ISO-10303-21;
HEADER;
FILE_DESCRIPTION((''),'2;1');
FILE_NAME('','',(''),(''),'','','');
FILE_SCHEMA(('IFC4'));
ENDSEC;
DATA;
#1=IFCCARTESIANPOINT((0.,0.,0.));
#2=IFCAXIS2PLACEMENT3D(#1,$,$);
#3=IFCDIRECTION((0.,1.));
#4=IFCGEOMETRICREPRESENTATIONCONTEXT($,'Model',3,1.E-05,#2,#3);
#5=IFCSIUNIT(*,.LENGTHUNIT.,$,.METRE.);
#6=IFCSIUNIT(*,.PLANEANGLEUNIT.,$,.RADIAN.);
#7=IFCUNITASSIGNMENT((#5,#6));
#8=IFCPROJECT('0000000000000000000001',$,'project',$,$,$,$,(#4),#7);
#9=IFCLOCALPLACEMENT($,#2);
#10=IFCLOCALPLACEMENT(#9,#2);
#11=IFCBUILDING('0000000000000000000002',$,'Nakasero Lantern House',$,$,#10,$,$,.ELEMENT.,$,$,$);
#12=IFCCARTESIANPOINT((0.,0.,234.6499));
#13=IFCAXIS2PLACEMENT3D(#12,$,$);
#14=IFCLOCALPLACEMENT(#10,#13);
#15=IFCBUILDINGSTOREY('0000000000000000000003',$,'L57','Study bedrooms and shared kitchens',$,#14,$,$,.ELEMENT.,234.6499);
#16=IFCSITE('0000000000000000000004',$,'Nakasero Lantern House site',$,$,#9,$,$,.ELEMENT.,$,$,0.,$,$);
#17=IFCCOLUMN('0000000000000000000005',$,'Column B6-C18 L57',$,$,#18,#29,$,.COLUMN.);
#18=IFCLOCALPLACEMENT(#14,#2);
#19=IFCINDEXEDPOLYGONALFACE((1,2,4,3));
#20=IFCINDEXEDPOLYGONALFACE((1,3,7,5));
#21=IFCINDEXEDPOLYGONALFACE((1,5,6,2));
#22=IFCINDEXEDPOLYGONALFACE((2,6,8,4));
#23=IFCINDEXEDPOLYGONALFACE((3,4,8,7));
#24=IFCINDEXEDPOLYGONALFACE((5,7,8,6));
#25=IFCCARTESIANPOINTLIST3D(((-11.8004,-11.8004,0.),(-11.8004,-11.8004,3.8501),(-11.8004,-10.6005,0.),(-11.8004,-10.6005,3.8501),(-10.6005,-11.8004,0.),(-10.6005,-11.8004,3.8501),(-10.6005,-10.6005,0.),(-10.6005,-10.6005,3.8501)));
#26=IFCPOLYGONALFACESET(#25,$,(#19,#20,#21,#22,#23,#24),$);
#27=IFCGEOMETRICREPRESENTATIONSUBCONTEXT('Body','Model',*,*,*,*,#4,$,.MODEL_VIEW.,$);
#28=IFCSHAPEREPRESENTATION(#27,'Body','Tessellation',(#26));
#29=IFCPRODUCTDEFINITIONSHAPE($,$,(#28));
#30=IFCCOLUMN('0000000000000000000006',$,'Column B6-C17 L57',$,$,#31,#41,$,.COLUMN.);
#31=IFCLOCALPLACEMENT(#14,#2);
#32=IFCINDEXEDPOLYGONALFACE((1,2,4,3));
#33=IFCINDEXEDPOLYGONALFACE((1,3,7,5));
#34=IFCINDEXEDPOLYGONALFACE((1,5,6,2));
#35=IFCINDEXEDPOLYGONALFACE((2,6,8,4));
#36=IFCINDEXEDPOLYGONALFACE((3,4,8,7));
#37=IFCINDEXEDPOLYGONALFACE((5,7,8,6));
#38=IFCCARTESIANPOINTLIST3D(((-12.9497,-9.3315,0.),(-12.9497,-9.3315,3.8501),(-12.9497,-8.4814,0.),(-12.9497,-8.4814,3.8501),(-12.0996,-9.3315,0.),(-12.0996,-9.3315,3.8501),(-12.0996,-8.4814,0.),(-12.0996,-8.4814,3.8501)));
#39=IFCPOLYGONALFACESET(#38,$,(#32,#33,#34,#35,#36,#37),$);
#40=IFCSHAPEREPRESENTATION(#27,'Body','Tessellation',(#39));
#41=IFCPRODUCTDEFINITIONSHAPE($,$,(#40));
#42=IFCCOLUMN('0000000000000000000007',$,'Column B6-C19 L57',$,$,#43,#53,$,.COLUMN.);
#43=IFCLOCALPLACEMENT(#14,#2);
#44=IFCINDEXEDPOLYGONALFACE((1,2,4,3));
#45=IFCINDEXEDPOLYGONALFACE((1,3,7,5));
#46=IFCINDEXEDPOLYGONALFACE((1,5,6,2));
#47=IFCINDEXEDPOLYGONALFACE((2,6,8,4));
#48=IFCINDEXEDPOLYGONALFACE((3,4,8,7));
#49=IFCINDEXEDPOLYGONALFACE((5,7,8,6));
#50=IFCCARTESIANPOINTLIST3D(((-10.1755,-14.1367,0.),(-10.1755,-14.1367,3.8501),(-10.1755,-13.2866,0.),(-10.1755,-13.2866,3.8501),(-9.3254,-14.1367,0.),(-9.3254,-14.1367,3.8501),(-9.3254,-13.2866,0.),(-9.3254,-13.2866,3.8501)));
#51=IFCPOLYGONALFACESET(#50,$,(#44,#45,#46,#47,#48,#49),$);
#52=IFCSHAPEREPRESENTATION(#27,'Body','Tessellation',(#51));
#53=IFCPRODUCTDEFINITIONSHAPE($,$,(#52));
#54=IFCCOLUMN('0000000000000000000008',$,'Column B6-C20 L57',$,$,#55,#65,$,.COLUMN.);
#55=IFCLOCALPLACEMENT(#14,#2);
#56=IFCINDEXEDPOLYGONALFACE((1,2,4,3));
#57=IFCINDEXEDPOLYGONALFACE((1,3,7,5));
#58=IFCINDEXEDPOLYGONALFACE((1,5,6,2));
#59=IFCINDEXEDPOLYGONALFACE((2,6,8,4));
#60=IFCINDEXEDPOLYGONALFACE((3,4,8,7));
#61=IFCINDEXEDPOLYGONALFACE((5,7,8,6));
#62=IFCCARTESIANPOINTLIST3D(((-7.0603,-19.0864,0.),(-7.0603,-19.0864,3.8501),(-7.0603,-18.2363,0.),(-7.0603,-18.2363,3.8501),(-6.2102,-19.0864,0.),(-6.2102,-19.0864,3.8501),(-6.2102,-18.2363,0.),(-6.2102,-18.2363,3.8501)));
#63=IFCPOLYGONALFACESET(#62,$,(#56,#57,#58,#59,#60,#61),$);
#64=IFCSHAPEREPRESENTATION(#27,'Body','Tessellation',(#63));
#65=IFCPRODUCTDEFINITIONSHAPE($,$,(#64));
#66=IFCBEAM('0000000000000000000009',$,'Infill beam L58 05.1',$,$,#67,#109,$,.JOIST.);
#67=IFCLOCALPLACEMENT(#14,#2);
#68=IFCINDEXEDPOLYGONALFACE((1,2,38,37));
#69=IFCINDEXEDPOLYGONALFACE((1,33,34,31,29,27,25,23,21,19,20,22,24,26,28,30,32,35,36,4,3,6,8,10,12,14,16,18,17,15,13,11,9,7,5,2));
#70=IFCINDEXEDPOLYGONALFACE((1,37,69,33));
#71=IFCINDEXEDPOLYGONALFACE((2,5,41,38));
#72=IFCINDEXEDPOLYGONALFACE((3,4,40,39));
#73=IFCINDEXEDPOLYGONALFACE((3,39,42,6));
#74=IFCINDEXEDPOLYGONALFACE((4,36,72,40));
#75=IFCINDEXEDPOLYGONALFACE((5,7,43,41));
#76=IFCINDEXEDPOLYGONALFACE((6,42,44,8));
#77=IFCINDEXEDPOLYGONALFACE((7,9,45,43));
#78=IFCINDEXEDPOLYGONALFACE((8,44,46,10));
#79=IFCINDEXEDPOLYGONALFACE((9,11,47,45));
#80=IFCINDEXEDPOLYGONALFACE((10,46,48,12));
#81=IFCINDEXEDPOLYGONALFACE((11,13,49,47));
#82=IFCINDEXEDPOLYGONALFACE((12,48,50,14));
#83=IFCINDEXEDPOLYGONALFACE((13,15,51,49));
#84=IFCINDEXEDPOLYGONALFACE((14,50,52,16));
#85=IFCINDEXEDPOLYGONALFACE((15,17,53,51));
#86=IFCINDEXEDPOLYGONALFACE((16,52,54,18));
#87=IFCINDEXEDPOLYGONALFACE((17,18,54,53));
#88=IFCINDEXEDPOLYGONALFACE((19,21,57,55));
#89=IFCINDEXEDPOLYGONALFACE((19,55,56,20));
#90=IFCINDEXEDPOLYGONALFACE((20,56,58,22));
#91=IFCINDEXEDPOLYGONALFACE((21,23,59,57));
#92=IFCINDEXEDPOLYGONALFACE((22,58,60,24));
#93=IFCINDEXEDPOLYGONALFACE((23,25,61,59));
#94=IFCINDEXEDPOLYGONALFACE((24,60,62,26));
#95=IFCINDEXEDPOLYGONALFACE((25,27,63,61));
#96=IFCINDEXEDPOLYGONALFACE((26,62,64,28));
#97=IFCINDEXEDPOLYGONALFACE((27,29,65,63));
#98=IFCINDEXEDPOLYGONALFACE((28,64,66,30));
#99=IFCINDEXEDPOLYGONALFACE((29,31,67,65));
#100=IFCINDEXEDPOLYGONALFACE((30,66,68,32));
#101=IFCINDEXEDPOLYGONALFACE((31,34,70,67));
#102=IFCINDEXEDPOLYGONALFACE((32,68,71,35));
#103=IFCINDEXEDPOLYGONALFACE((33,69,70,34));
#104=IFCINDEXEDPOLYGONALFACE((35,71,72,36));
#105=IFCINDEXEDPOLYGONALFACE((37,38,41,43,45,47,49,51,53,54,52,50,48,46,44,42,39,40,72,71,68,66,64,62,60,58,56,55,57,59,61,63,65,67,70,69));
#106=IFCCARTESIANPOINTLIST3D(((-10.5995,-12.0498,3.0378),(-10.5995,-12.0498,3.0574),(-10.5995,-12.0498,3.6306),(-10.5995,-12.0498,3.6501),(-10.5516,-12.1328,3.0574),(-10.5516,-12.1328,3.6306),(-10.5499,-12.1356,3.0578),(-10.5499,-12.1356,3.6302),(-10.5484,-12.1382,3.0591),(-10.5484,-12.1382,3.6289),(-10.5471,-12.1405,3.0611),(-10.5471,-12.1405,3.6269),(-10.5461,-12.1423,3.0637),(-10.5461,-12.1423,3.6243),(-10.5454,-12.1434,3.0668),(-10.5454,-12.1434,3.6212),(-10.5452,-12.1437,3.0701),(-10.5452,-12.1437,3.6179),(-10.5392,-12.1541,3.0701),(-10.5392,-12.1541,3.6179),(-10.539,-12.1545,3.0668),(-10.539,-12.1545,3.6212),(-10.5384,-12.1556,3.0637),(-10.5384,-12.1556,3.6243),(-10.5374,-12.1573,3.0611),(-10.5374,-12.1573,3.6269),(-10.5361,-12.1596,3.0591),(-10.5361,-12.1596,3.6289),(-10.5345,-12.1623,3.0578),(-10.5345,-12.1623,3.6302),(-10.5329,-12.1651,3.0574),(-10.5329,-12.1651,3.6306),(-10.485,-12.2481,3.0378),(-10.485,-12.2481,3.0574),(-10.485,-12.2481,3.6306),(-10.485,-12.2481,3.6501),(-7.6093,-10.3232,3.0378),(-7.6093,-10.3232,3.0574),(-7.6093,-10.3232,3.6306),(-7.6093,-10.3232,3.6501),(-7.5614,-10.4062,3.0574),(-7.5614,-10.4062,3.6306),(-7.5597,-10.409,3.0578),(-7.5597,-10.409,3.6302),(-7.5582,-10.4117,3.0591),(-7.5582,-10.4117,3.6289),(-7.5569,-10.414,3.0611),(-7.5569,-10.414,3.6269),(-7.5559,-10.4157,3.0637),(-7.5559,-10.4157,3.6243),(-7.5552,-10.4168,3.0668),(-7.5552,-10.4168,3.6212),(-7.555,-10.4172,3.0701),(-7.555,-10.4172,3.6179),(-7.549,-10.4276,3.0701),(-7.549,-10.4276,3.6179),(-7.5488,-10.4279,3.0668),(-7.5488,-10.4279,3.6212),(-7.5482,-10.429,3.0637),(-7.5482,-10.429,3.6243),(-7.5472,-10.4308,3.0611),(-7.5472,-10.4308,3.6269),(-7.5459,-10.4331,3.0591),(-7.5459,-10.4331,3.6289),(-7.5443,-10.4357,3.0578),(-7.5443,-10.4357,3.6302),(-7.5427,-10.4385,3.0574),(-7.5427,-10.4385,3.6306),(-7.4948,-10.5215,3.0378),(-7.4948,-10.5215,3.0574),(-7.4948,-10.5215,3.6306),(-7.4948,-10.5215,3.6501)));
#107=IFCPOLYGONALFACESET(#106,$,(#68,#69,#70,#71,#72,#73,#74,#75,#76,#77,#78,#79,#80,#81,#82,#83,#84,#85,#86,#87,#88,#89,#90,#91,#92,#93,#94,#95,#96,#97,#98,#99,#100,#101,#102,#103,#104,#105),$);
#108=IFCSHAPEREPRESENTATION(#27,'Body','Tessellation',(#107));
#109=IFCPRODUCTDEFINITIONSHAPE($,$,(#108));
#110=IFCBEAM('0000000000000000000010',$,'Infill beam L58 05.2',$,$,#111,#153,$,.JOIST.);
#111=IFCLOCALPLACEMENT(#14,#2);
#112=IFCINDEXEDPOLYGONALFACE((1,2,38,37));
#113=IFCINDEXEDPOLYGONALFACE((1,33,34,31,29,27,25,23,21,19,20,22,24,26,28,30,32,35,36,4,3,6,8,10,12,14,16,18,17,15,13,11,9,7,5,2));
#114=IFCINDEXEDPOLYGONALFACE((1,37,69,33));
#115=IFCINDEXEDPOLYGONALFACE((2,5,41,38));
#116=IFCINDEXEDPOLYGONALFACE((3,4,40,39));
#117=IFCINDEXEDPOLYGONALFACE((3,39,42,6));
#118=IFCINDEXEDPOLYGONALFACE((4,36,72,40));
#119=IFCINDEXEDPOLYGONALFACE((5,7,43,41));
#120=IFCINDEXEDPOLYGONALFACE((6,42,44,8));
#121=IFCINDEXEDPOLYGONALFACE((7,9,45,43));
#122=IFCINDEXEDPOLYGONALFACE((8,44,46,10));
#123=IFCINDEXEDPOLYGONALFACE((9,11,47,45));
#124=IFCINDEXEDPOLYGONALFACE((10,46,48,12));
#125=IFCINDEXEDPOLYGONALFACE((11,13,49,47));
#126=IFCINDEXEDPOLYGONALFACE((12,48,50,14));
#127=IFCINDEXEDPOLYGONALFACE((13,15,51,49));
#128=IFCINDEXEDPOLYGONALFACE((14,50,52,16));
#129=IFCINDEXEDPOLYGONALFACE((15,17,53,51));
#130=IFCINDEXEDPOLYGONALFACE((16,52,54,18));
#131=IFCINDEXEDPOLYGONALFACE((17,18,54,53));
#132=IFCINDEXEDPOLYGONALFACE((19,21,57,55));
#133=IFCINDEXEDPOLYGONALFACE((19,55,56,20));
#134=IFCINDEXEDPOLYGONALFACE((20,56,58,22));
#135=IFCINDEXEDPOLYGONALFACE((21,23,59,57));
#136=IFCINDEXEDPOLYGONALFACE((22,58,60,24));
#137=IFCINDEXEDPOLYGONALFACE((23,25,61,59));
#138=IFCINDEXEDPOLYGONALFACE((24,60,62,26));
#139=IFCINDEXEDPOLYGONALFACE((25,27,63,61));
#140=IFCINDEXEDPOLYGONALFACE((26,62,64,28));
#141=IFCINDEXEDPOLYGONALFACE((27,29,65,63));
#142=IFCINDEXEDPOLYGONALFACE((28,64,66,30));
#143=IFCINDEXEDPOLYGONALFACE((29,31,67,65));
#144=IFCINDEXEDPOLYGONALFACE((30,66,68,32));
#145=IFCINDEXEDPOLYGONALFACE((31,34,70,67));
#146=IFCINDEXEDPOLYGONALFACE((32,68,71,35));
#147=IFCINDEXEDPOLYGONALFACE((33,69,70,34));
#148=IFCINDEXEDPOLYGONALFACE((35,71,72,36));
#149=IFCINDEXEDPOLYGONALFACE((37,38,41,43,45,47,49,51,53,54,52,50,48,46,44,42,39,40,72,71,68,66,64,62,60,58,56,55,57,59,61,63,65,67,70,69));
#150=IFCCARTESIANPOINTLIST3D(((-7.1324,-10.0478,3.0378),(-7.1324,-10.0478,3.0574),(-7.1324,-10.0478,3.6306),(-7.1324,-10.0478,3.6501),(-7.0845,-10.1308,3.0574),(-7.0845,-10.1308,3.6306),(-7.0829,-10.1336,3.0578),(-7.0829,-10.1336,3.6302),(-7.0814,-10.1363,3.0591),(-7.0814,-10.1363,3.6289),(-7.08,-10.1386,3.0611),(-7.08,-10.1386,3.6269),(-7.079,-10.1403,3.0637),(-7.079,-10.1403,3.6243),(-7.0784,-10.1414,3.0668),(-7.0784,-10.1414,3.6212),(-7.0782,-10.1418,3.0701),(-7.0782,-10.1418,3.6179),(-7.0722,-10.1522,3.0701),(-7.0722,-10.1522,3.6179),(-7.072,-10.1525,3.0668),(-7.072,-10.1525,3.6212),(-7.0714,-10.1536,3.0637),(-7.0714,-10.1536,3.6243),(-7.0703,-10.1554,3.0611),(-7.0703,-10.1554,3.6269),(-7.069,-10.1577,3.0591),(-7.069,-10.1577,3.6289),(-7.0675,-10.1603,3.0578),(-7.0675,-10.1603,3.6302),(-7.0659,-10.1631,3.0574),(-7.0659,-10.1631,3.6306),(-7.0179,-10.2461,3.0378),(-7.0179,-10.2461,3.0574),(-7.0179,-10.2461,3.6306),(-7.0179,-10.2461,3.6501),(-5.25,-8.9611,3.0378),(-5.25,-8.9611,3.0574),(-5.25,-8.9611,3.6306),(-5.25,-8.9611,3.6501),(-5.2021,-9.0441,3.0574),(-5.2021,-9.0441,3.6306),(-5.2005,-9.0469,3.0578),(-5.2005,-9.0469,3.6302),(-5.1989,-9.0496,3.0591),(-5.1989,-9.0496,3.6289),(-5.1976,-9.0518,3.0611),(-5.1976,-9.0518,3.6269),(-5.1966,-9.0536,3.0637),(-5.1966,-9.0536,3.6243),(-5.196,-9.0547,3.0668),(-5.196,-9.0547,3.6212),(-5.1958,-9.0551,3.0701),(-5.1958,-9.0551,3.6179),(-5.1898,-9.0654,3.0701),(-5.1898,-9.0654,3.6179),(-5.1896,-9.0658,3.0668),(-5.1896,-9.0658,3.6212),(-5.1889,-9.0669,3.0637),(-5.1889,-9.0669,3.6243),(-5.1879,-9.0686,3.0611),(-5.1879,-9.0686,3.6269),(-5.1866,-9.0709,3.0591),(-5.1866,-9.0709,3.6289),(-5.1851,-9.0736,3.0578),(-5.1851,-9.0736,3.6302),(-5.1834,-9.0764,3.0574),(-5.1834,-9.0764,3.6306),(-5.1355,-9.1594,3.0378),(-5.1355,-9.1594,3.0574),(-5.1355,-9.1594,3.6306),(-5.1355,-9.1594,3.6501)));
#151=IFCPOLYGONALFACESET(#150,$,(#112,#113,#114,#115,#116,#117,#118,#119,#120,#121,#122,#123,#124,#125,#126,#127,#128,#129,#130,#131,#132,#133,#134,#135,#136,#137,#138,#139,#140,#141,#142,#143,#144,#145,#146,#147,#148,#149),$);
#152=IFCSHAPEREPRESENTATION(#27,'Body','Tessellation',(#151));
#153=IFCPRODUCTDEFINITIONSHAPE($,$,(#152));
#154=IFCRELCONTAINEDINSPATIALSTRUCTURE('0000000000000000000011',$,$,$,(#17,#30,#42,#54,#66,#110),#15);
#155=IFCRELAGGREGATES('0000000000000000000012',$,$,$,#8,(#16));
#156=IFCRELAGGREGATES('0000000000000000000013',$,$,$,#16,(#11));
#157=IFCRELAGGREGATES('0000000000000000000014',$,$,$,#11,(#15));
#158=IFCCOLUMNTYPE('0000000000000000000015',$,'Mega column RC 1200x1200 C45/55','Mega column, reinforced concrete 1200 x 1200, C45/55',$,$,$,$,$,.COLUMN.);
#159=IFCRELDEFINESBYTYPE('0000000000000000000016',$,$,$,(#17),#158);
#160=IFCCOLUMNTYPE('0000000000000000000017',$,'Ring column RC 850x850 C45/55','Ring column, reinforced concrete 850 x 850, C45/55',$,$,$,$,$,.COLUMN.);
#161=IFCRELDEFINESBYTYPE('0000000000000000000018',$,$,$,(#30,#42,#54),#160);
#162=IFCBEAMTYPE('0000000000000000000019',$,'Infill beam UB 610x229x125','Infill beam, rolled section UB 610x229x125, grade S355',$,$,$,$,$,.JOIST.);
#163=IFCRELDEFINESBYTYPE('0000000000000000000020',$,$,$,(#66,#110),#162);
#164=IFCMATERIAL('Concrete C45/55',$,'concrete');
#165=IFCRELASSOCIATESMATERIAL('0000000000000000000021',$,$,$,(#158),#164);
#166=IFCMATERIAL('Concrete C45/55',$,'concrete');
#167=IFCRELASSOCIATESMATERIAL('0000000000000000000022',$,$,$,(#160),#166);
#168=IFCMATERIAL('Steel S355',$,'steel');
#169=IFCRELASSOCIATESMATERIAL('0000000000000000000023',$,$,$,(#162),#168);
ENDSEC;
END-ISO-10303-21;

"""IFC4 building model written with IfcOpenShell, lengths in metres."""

from ifc_helpers import new_model, si_unit, direction, frame, origin, origin_2d, place, context, subcontext, project, spatial, rectangle, i_section, extrude, material, material_profile, profile_set, type_object, element, save


model = new_model("IFC4")

# Units and contexts
model_context = context("Model", 3, precision=1e-05, world=origin(), true_north=direction((0.0, 1.0)))
body_context = subcontext(model_context, "Body", "Model", "MODEL_VIEW")
ifc_project = project(units=[si_unit("LENGTHUNIT", "METRE"), si_unit("PLANEANGLEUNIT", "RADIAN")], contexts=[model_context])

# Site, building, storey
site_placement = place(None, origin())
site = spatial("IfcSite", under=ifc_project, at=site_placement, Name="Nakasero Lantern House site", CompositionType="ELEMENT", RefElevation=0.0)
building_placement = place(site_placement, origin())
building = spatial("IfcBuilding", under=site, at=building_placement, Name="Nakasero Lantern House", CompositionType="ELEMENT")
storey_placement = place(building_placement, frame((0.0, 0.0, 234.6499)))
storey = spatial("IfcBuildingStorey", under=building, at=storey_placement, Name="L57", Description="Study bedrooms and shared kitchens", CompositionType="ELEMENT", Elevation=234.6499)

# Columns
ifc_material_1 = material(Name="Concrete C45/55", Category="concrete")
ifc_material_profile_1 = material_profile(ifc_material_1, rectangle(XDim=1.2, YDim=1.2, at=origin_2d()), Name="RC 1200x1200")
ifc_profile_set_1 = profile_set([ifc_material_profile_1], Name="Concrete C45/55")
column_type_1 = type_object("IfcColumnType", Name="Mega column RC 1200x1200 C45/55", Description="Mega column, reinforced concrete 1200 x 1200, C45/55", PredefinedType="COLUMN", material=ifc_profile_set_1)
column_placement = place(storey_placement, frame((-11.2004, -11.2004, 0.0), z_axis=(0.0, 0.0, 1.0), x_axis=(1.0, 0.0, 0.0)))
element("IfcColumn", 1, at=column_placement, inside=storey, type_object=column_type_1, Name="Column B6-C18 L57", PredefinedType="COLUMN", context=body_context, shape_type="SweptSolid", body=[
    extrude(rectangle(XDim=1.2, YDim=1.2, at=origin_2d()), origin(), (0.0, 0.0, 1.0), 3.8501),
])
ifc_material_2 = material(Name="Concrete C45/55", Category="concrete")
ifc_material_profile_2 = material_profile(ifc_material_2, rectangle(XDim=0.8501, YDim=0.8501, at=origin_2d()), Name="RC 850x850")
ifc_profile_set_2 = profile_set([ifc_material_profile_2], Name="Concrete C45/55")
column_type_2 = type_object("IfcColumnType", Name="Ring column RC 850x850 C45/55", Description="Ring column, reinforced concrete 850 x 850, C45/55", PredefinedType="COLUMN", material=ifc_profile_set_2)
for number, where, z_axis, x_axis, name in (
    (2, (-12.5247, -8.9065, 0.0), (0.0, 0.0, 1.0), (1.0, 0.0, 0.0), "Column B6-C17 L57"),
    (3, (-9.7505, -13.7117, 0.0), (0.0, 0.0, 1.0), (1.0, 0.0, 0.0), "Column B6-C19 L57"),
    (4, (-6.6353, -18.6614, 0.0), (0.0, 0.0, 1.0), (1.0, 0.0, 0.0), "Column B6-C20 L57"),
):
    element("IfcColumn", number, at=place(storey_placement, frame(where, z_axis=z_axis, x_axis=x_axis)), inside=storey, type_object=column_type_2, Name=name, PredefinedType="COLUMN", context=body_context, shape_type="SweptSolid", body=[
        extrude(rectangle(XDim=0.8501, YDim=0.8501, at=origin_2d()), origin(), (0.0, 0.0, 1.0), 3.8501),
    ])

# Beams
ifc_material_3 = material(Name="Steel S355", Category="steel")
ifc_material_profile_3 = material_profile(ifc_material_3, i_section(OverallWidth=0.229, OverallDepth=0.6123, WebThickness=0.012, FlangeThickness=0.0195, FilletRadius=0.0127, at=origin_2d()), Name="UB 610x229x125")
ifc_profile_set_3 = profile_set([ifc_material_profile_3], Name="Steel S355")
beam_type_1 = type_object("IfcBeamType", Name="Infill beam UB 610x229x125", Description="Infill beam, rolled section UB 610x229x125, grade S355", PredefinedType="JOIST", material=ifc_profile_set_3)
beam_1_placement = place(storey_placement, frame((-10.5422, -12.1489, 3.344), z_axis=(0.866007, 0.500033, 0.0), x_axis=(-0.500033, 0.866007, 0.0)))
element("IfcBeam", 5, at=beam_1_placement, inside=storey, type_object=beam_type_1, Name="Infill beam L58 05.1", PredefinedType="JOIST", context=body_context, shape_type="SweptSolid", body=[
    extrude(i_section(OverallWidth=0.229, OverallDepth=0.6123, WebThickness=0.012, FlangeThickness=0.0195, FilletRadius=0.0127, at=origin_2d()), origin(), (0.0, 0.0, 1.0), 3.4529),
])
beam_2_placement = place(storey_placement, frame((-7.0752, -10.147, 3.344), z_axis=(0.866043, 0.499969, 0.0), x_axis=(-0.499969, 0.866043, 0.0)))
element("IfcBeam", 6, at=beam_2_placement, inside=storey, type_object=beam_type_1, Name="Infill beam L58 05.2", PredefinedType="JOIST", context=body_context, shape_type="SweptSolid", body=[
    extrude(i_section(OverallWidth=0.229, OverallDepth=0.6123, WebThickness=0.012, FlangeThickness=0.0195, FilletRadius=0.0127, at=origin_2d()), origin(), (0.0, 0.0, 1.0), 2.1736),
])

save(model, "model.ifc")
